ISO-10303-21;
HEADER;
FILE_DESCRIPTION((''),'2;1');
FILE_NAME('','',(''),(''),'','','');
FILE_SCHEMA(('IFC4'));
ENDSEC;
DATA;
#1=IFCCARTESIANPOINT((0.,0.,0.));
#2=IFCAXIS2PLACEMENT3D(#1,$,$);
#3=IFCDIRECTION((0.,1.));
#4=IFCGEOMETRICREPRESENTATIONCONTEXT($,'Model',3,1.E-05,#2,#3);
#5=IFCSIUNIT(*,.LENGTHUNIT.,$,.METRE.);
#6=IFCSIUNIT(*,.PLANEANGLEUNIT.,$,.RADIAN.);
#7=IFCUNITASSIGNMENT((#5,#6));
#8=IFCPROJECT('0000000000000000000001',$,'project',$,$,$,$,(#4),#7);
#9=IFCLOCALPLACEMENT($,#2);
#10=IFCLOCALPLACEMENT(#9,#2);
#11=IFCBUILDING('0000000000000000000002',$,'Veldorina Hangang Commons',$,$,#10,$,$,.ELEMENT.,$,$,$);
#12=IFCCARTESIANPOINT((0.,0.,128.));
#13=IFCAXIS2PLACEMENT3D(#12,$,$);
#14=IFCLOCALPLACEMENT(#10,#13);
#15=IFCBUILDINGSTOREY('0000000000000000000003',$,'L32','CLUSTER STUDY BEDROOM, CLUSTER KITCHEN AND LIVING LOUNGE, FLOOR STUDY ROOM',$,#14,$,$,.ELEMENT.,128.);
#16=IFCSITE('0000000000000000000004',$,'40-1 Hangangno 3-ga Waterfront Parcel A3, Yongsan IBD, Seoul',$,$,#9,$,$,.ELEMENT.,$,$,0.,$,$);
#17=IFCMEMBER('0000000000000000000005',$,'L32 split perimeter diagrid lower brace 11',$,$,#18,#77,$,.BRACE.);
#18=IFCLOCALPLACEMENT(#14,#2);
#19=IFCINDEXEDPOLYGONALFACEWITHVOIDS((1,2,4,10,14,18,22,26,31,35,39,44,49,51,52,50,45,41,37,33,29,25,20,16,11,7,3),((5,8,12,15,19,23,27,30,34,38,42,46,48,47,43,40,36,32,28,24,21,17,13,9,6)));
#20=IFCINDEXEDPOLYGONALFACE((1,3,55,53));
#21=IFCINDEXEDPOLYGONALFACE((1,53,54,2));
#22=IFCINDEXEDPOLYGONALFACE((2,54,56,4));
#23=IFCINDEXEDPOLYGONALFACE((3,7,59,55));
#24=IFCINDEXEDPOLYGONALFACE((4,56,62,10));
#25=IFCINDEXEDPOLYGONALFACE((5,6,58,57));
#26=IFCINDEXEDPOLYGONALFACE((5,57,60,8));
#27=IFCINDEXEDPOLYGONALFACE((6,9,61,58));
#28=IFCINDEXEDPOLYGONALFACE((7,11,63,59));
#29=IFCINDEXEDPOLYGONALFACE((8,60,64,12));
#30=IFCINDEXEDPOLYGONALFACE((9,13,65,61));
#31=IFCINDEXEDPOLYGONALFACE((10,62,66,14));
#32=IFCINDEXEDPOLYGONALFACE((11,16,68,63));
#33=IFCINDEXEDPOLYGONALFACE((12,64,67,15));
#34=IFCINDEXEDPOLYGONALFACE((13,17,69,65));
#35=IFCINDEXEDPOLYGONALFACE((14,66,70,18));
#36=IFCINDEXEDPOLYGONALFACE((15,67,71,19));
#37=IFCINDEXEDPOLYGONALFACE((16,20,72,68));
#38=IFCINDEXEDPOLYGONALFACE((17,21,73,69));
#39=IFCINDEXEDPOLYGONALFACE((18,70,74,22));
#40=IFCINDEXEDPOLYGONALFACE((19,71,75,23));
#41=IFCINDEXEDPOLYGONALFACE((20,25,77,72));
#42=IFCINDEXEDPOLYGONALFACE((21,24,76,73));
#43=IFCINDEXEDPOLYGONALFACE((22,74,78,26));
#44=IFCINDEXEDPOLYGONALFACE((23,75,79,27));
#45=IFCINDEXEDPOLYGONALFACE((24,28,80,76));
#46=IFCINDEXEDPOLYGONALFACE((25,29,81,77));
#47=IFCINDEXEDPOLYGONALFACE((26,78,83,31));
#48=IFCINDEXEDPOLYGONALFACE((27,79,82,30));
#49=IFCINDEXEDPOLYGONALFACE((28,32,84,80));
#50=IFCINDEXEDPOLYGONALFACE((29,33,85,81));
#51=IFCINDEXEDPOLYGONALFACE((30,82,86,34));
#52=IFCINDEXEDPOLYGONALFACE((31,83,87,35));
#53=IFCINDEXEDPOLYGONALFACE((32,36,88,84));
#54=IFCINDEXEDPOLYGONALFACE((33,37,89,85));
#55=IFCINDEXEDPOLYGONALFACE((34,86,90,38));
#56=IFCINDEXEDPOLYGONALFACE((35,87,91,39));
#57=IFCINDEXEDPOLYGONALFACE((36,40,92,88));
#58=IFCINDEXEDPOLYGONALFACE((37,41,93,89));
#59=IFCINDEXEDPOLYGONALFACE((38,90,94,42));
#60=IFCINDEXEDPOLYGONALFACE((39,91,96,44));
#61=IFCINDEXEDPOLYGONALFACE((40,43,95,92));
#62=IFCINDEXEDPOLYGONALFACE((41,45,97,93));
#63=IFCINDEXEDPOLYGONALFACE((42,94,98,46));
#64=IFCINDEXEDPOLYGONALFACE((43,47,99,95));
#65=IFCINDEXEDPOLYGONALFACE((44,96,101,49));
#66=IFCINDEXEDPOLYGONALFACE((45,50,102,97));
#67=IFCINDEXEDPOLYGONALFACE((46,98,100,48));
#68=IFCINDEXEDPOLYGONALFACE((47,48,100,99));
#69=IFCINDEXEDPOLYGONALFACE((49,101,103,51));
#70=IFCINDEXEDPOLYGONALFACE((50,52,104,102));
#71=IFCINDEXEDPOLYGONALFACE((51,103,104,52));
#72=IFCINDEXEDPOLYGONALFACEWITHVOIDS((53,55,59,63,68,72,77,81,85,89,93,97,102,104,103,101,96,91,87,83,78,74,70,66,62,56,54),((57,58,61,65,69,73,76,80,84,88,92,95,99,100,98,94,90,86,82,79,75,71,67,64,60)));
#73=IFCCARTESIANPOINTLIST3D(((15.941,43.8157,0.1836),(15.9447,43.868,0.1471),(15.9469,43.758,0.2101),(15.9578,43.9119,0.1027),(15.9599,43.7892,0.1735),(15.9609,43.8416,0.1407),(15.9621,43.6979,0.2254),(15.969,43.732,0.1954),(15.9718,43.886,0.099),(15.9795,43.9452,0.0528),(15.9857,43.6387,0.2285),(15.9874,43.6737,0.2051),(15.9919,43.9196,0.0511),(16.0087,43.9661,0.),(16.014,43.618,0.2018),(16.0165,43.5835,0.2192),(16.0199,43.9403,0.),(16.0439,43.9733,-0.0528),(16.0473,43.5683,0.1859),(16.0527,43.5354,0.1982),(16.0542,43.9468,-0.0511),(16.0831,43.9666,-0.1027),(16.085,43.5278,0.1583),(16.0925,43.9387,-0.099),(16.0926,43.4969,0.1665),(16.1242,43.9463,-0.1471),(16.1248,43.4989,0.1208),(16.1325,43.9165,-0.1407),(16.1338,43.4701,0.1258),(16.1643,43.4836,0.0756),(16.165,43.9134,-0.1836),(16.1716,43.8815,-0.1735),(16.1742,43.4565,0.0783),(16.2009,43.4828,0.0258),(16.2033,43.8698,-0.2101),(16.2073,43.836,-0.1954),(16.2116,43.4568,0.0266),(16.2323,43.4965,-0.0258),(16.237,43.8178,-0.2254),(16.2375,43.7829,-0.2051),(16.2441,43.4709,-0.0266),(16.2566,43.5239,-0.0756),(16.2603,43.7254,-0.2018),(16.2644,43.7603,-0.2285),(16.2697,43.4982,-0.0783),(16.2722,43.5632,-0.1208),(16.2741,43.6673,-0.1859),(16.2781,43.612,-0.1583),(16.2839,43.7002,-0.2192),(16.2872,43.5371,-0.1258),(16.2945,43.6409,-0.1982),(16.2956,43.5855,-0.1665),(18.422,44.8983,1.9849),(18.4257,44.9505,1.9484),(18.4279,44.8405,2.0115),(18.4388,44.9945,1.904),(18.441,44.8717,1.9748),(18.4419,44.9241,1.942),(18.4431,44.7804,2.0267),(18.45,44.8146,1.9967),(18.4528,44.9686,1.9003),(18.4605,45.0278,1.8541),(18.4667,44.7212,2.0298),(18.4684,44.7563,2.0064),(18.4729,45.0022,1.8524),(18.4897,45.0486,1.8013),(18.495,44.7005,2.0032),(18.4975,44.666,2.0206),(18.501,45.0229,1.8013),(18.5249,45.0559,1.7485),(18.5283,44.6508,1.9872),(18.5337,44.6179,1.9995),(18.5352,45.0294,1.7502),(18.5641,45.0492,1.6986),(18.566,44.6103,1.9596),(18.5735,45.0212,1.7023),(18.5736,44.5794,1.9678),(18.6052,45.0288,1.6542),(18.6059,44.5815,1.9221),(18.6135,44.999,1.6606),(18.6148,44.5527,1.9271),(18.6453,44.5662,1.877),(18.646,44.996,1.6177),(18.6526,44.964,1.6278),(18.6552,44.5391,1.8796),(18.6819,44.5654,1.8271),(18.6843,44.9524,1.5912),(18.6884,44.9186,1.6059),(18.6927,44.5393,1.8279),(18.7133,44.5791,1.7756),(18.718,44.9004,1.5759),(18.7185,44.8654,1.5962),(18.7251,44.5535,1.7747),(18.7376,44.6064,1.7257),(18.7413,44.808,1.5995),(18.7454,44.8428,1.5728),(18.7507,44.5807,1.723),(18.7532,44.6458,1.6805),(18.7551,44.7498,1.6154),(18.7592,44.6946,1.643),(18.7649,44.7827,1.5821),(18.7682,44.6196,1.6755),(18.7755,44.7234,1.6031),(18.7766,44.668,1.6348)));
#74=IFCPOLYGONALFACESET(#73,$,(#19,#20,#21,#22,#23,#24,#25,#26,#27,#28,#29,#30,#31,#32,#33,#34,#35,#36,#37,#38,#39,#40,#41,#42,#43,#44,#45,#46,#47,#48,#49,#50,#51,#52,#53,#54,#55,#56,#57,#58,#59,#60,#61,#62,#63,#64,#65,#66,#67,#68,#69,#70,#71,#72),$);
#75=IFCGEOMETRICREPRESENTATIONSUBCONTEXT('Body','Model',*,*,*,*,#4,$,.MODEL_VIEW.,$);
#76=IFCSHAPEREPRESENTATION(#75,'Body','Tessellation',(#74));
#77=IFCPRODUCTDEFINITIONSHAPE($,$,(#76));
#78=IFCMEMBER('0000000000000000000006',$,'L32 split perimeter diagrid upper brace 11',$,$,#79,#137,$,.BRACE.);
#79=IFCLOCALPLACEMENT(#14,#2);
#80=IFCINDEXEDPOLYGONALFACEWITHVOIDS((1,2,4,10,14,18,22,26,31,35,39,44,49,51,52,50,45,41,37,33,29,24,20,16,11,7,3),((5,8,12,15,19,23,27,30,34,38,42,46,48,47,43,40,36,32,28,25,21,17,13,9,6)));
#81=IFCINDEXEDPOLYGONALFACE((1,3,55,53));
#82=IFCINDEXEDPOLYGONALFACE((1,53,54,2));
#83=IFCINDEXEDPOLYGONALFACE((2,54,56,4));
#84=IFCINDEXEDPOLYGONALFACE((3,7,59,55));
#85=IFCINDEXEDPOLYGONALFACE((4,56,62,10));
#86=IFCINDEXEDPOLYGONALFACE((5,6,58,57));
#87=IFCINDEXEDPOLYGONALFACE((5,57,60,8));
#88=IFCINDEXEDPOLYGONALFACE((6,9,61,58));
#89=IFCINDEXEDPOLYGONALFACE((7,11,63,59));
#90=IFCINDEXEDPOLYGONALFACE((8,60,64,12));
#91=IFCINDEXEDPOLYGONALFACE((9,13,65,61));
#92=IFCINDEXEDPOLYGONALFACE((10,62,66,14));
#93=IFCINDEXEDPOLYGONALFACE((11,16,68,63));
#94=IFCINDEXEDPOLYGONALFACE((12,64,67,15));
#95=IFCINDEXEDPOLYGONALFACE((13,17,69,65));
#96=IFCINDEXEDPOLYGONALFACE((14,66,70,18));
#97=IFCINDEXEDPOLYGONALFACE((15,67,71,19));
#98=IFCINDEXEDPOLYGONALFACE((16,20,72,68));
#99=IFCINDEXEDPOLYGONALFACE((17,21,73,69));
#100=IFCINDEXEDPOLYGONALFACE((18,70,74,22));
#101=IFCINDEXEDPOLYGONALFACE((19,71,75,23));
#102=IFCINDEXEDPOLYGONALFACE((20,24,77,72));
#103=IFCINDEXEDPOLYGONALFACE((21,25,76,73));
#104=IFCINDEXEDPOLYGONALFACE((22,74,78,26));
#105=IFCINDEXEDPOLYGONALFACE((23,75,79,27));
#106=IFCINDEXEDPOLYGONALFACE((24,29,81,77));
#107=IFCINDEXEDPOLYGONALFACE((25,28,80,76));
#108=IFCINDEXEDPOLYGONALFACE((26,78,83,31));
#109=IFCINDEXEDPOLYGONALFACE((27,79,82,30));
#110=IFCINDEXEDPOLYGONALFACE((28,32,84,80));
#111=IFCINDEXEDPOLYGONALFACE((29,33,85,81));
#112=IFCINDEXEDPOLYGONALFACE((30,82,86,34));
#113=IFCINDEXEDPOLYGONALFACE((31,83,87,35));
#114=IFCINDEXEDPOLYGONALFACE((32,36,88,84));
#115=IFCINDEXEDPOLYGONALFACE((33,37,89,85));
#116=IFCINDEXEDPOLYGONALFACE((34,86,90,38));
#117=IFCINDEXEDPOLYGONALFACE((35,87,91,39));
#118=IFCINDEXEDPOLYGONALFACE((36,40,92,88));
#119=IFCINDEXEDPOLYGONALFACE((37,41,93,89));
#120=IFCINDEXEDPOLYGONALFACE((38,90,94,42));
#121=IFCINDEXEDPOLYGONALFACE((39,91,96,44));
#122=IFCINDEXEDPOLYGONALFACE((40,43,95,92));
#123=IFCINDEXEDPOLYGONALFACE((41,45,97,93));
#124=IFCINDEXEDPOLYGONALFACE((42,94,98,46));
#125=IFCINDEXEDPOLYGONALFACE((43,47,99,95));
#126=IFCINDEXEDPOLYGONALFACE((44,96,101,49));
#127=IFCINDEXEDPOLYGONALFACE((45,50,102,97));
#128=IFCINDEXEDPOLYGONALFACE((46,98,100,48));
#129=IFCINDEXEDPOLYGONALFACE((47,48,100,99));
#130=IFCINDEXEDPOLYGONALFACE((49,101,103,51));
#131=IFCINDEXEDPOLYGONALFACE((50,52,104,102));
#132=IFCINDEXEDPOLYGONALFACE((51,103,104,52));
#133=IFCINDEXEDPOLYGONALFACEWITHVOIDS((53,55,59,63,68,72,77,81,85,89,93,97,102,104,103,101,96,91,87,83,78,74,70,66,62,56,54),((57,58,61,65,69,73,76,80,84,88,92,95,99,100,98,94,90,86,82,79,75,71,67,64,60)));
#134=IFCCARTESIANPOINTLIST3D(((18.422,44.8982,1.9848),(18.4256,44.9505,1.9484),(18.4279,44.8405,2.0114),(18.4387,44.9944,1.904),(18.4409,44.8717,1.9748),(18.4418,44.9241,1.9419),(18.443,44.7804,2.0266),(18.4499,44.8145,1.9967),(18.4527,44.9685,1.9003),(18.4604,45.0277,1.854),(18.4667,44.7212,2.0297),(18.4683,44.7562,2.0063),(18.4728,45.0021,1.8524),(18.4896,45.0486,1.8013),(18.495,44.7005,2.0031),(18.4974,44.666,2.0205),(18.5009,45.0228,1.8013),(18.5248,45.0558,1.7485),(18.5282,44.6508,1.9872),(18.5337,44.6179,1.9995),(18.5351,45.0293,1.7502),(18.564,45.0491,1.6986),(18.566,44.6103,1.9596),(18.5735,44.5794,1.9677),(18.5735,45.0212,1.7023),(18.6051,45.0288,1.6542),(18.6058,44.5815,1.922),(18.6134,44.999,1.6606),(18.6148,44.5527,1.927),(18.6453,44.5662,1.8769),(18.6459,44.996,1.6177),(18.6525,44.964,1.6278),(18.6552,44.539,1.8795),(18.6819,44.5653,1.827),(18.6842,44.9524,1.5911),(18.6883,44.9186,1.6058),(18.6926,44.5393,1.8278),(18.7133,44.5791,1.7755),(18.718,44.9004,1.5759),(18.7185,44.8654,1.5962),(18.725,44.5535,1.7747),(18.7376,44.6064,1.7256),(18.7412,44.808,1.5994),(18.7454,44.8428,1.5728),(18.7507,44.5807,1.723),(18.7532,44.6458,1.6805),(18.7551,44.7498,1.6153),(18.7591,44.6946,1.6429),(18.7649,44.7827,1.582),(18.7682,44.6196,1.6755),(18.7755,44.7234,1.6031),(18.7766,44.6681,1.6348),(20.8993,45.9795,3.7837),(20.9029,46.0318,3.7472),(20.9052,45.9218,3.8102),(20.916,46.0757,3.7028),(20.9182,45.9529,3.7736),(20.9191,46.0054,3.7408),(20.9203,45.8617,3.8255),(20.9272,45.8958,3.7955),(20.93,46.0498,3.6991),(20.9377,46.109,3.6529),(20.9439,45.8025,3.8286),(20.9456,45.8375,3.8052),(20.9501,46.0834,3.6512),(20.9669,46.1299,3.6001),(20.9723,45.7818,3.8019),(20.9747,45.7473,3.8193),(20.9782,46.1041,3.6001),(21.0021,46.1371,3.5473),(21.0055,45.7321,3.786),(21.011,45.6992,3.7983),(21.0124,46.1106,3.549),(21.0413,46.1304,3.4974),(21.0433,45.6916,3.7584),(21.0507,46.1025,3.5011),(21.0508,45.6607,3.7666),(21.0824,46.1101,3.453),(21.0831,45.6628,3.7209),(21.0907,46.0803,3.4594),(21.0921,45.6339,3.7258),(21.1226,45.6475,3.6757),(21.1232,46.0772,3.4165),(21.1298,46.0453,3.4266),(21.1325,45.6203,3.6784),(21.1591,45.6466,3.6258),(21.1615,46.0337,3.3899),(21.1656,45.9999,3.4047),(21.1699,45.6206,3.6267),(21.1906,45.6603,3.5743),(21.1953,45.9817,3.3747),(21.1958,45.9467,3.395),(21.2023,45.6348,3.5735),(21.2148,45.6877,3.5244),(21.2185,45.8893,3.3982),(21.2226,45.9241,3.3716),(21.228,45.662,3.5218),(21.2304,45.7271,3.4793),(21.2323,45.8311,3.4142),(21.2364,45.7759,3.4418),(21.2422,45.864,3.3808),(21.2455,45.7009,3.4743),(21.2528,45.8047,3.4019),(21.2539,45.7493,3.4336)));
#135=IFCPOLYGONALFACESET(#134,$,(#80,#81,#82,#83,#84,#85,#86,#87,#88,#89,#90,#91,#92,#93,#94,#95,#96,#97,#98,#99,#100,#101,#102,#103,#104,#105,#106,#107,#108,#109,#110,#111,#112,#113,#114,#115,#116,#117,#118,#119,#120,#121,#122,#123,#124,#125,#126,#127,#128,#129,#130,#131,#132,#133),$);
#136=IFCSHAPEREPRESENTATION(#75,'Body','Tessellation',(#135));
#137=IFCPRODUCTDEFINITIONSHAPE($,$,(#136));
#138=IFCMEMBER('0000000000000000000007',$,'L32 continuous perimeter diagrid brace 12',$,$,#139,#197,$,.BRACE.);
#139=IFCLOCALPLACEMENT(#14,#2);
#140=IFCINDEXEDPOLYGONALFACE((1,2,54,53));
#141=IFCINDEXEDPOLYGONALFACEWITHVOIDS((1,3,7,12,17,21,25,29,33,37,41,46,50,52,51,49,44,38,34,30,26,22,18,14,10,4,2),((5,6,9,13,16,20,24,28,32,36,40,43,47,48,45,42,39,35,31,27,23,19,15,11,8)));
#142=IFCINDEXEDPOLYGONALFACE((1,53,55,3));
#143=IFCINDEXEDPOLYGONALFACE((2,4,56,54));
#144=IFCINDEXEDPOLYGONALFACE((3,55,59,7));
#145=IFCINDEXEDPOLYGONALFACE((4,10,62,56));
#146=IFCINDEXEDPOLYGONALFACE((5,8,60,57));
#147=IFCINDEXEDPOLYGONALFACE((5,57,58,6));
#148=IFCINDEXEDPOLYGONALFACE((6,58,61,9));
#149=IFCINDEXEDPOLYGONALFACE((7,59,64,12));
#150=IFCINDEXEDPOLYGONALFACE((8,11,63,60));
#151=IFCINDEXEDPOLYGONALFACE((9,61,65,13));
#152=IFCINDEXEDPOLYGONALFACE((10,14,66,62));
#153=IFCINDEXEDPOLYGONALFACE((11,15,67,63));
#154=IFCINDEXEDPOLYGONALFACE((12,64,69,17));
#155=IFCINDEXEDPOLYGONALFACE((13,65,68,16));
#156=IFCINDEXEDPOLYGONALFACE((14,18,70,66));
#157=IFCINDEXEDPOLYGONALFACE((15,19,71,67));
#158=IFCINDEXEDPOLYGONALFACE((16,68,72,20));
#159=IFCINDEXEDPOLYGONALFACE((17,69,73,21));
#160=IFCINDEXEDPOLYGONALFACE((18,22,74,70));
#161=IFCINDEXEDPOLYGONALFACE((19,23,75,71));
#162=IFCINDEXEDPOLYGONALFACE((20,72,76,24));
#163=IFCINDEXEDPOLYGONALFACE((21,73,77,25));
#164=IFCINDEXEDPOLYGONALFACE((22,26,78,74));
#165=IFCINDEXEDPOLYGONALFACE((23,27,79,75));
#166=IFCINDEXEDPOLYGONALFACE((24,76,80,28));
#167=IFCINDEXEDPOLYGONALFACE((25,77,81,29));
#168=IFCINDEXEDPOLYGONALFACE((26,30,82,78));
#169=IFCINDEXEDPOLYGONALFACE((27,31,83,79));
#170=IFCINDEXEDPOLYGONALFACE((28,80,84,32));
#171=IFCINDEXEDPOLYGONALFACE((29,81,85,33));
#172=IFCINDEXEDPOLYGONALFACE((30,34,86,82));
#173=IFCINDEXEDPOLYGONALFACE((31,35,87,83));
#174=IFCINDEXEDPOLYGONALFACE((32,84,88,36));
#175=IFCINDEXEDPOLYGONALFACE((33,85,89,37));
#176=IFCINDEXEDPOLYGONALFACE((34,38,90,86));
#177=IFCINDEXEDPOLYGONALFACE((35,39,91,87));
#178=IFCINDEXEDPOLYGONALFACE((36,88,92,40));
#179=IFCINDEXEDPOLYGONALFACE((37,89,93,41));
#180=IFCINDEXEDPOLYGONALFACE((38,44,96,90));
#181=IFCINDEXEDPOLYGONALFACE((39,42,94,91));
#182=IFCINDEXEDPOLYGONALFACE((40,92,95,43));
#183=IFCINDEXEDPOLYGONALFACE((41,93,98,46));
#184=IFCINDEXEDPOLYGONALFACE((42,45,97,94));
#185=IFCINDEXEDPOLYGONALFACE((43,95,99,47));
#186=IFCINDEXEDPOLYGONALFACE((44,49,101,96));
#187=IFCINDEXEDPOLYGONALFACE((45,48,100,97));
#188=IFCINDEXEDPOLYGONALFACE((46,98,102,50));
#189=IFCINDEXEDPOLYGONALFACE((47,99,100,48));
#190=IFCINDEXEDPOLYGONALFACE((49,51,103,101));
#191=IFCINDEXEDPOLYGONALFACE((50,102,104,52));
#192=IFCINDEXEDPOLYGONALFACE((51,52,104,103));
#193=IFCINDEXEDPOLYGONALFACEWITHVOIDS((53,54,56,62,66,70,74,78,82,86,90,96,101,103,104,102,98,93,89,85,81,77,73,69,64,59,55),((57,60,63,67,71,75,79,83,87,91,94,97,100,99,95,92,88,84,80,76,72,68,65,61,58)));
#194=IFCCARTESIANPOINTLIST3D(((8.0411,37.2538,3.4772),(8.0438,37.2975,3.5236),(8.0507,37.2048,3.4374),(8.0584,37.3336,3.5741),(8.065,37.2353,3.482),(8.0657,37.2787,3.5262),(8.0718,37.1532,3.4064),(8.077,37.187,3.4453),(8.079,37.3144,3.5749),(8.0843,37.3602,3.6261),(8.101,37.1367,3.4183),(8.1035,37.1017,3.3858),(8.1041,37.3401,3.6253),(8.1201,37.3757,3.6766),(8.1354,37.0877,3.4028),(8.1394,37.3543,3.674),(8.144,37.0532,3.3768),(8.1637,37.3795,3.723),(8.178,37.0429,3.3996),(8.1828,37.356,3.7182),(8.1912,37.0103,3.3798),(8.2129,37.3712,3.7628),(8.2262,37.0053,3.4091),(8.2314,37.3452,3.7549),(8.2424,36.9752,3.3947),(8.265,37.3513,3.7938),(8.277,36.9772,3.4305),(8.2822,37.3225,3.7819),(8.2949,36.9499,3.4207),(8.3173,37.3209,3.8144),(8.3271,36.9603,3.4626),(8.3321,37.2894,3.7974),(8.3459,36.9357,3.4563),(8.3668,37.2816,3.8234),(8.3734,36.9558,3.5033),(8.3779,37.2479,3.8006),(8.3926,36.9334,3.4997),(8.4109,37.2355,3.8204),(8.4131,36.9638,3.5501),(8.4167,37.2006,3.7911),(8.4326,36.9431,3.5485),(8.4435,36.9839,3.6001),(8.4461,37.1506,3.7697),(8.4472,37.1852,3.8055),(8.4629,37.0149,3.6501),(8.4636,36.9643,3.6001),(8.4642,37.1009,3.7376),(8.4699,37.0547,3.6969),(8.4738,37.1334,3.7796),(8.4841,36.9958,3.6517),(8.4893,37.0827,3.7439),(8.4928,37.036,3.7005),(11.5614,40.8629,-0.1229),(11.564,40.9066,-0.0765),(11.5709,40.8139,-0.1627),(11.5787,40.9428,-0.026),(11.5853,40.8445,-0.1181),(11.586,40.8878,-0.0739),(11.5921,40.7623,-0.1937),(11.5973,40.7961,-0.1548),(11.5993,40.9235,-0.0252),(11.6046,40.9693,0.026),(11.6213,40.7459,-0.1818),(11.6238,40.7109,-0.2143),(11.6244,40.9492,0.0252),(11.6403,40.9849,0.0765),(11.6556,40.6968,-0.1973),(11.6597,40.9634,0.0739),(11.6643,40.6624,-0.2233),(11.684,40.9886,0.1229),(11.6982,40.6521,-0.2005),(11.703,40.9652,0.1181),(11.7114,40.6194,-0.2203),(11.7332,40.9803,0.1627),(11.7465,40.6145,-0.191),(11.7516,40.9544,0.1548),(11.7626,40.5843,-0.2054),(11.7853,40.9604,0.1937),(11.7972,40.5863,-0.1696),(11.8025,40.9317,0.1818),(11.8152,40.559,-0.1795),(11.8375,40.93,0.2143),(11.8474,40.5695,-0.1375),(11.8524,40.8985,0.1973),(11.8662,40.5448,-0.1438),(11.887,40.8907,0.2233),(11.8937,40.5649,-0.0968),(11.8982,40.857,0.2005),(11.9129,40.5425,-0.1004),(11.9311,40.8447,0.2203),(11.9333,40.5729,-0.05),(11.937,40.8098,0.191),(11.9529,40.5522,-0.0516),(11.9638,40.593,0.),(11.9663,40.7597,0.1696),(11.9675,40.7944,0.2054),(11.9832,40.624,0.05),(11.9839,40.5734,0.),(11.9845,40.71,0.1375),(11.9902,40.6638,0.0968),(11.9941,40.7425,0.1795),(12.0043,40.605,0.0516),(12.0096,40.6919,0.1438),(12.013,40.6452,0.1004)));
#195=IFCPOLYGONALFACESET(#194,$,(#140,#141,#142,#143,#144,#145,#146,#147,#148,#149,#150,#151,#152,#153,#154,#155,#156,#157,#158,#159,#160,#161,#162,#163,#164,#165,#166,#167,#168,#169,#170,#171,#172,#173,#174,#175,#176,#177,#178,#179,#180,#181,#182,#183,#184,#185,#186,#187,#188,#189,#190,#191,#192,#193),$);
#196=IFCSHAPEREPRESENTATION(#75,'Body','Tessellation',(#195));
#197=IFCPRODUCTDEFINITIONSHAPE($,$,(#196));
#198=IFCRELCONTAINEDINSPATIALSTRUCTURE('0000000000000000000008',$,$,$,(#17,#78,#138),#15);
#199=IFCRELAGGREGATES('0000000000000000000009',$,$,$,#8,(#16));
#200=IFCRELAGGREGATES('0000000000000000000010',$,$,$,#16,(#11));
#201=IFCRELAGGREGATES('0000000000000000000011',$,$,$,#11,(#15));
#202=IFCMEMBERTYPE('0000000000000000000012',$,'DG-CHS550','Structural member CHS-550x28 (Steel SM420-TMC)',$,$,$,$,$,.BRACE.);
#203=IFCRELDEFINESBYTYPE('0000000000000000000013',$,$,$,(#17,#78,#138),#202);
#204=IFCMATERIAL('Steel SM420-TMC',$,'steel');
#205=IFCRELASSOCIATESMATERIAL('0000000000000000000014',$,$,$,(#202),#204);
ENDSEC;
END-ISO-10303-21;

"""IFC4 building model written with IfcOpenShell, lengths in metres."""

from ifc_helpers import new_model, si_unit, direction, frame, origin, origin_2d, place, context, subcontext, project, spatial, hollow_circle, extrude, material, material_profile, profile_set, type_object, element, save


model = new_model("IFC4")

# Units and contexts
model_context = context("Model", 3, precision=1e-05, world=origin(), true_north=direction((0.0, 1.0)))
body_context = subcontext(model_context, "Body", "Model", "MODEL_VIEW")
ifc_project = project(units=[si_unit("LENGTHUNIT", "METRE"), si_unit("PLANEANGLEUNIT", "RADIAN")], contexts=[model_context])

# Site, building, storey
site_placement = place(None, origin())
site = spatial("IfcSite", under=ifc_project, at=site_placement, Name="40-1 Hangangno 3-ga Waterfront Parcel A3, Yongsan IBD, Seoul", CompositionType="ELEMENT", RefElevation=0.0)
building_placement = place(site_placement, origin())
building = spatial("IfcBuilding", under=site, at=building_placement, Name="Veldorina Hangang Commons", CompositionType="ELEMENT")
storey_placement = place(building_placement, frame((0.0, 0.0, 128.0)))
storey = spatial("IfcBuildingStorey", under=building, at=storey_placement, Name="L32", Description="CLUSTER STUDY BEDROOM, CLUSTER KITCHEN AND LIVING LOUNGE, FLOOR STUDY ROOM", CompositionType="ELEMENT", Elevation=128.0)

# Shared definitions
ifc_material_1 = material(Name="Steel SM420-TMC", Category="steel")

# Members
ifc_material_profile_1 = material_profile(ifc_material_1, hollow_circle(Radius=0.2749, WallThickness=0.0281, at=origin_2d()), Name="CHS-550x28")
ifc_profile_set_1 = profile_set([ifc_material_profile_1], Name="Steel SM420-TMC")
member_type = type_object("IfcMemberType", Name="DG-CHS550", Description="Structural member CHS-550x28 (Steel SM420-TMC)", PredefinedType="BRACE", material=ifc_profile_set_1)
member_1_placement = place(storey_placement, frame((16.1187, 43.7141, 0.0), z_axis=(0.763044, 0.33294, 0.553999), x_axis=(-0.39992, 0.91655, 0.0)))
element("IfcMember", 1, at=member_1_placement, inside=storey, type_object=member_type, Name="L32 split perimeter diagrid lower brace 11", PredefinedType="BRACE", context=body_context, shape_type="SweptSolid", body=[
    extrude(hollow_circle(Radius=0.2749, WallThickness=0.0281, at=origin_2d()), origin(), (0.0, 0.0, 1.0), 3.2515),
])
member_2_placement = place(storey_placement, frame((18.5996, 44.7966, 1.8013), z_axis=(0.762986, 0.333031, 0.554024), x_axis=(-0.400037, 0.916499, 0.0)))
element("IfcMember", 2, at=member_2_placement, inside=storey, type_object=member_type, Name="L32 split perimeter diagrid upper brace 11", PredefinedType="BRACE", context=body_context, shape_type="SweptSolid", body=[
    extrude(hollow_circle(Radius=0.2749, WallThickness=0.0281, at=origin_2d()), origin(), (0.0, 0.0, 1.0), 3.2468),
])
member_3_placement = place(storey_placement, frame((11.7871, 40.7654, 0.0), z_axis=(-0.568237, -0.582582, 0.581124), x_axis=(0.715865, -0.698239, 0.0)))
element("IfcMember", 3, at=member_3_placement, inside=storey, type_object=member_type, Name="L32 continuous perimeter diagrid brace 12", PredefinedType="BRACE", context=body_context, shape_type="SweptSolid", body=[
    extrude(hollow_circle(Radius=0.2749, WallThickness=0.0281, at=origin_2d()), origin(), (0.0, 0.0, 1.0), 6.1951),
])

save(model, "model.ifc")
